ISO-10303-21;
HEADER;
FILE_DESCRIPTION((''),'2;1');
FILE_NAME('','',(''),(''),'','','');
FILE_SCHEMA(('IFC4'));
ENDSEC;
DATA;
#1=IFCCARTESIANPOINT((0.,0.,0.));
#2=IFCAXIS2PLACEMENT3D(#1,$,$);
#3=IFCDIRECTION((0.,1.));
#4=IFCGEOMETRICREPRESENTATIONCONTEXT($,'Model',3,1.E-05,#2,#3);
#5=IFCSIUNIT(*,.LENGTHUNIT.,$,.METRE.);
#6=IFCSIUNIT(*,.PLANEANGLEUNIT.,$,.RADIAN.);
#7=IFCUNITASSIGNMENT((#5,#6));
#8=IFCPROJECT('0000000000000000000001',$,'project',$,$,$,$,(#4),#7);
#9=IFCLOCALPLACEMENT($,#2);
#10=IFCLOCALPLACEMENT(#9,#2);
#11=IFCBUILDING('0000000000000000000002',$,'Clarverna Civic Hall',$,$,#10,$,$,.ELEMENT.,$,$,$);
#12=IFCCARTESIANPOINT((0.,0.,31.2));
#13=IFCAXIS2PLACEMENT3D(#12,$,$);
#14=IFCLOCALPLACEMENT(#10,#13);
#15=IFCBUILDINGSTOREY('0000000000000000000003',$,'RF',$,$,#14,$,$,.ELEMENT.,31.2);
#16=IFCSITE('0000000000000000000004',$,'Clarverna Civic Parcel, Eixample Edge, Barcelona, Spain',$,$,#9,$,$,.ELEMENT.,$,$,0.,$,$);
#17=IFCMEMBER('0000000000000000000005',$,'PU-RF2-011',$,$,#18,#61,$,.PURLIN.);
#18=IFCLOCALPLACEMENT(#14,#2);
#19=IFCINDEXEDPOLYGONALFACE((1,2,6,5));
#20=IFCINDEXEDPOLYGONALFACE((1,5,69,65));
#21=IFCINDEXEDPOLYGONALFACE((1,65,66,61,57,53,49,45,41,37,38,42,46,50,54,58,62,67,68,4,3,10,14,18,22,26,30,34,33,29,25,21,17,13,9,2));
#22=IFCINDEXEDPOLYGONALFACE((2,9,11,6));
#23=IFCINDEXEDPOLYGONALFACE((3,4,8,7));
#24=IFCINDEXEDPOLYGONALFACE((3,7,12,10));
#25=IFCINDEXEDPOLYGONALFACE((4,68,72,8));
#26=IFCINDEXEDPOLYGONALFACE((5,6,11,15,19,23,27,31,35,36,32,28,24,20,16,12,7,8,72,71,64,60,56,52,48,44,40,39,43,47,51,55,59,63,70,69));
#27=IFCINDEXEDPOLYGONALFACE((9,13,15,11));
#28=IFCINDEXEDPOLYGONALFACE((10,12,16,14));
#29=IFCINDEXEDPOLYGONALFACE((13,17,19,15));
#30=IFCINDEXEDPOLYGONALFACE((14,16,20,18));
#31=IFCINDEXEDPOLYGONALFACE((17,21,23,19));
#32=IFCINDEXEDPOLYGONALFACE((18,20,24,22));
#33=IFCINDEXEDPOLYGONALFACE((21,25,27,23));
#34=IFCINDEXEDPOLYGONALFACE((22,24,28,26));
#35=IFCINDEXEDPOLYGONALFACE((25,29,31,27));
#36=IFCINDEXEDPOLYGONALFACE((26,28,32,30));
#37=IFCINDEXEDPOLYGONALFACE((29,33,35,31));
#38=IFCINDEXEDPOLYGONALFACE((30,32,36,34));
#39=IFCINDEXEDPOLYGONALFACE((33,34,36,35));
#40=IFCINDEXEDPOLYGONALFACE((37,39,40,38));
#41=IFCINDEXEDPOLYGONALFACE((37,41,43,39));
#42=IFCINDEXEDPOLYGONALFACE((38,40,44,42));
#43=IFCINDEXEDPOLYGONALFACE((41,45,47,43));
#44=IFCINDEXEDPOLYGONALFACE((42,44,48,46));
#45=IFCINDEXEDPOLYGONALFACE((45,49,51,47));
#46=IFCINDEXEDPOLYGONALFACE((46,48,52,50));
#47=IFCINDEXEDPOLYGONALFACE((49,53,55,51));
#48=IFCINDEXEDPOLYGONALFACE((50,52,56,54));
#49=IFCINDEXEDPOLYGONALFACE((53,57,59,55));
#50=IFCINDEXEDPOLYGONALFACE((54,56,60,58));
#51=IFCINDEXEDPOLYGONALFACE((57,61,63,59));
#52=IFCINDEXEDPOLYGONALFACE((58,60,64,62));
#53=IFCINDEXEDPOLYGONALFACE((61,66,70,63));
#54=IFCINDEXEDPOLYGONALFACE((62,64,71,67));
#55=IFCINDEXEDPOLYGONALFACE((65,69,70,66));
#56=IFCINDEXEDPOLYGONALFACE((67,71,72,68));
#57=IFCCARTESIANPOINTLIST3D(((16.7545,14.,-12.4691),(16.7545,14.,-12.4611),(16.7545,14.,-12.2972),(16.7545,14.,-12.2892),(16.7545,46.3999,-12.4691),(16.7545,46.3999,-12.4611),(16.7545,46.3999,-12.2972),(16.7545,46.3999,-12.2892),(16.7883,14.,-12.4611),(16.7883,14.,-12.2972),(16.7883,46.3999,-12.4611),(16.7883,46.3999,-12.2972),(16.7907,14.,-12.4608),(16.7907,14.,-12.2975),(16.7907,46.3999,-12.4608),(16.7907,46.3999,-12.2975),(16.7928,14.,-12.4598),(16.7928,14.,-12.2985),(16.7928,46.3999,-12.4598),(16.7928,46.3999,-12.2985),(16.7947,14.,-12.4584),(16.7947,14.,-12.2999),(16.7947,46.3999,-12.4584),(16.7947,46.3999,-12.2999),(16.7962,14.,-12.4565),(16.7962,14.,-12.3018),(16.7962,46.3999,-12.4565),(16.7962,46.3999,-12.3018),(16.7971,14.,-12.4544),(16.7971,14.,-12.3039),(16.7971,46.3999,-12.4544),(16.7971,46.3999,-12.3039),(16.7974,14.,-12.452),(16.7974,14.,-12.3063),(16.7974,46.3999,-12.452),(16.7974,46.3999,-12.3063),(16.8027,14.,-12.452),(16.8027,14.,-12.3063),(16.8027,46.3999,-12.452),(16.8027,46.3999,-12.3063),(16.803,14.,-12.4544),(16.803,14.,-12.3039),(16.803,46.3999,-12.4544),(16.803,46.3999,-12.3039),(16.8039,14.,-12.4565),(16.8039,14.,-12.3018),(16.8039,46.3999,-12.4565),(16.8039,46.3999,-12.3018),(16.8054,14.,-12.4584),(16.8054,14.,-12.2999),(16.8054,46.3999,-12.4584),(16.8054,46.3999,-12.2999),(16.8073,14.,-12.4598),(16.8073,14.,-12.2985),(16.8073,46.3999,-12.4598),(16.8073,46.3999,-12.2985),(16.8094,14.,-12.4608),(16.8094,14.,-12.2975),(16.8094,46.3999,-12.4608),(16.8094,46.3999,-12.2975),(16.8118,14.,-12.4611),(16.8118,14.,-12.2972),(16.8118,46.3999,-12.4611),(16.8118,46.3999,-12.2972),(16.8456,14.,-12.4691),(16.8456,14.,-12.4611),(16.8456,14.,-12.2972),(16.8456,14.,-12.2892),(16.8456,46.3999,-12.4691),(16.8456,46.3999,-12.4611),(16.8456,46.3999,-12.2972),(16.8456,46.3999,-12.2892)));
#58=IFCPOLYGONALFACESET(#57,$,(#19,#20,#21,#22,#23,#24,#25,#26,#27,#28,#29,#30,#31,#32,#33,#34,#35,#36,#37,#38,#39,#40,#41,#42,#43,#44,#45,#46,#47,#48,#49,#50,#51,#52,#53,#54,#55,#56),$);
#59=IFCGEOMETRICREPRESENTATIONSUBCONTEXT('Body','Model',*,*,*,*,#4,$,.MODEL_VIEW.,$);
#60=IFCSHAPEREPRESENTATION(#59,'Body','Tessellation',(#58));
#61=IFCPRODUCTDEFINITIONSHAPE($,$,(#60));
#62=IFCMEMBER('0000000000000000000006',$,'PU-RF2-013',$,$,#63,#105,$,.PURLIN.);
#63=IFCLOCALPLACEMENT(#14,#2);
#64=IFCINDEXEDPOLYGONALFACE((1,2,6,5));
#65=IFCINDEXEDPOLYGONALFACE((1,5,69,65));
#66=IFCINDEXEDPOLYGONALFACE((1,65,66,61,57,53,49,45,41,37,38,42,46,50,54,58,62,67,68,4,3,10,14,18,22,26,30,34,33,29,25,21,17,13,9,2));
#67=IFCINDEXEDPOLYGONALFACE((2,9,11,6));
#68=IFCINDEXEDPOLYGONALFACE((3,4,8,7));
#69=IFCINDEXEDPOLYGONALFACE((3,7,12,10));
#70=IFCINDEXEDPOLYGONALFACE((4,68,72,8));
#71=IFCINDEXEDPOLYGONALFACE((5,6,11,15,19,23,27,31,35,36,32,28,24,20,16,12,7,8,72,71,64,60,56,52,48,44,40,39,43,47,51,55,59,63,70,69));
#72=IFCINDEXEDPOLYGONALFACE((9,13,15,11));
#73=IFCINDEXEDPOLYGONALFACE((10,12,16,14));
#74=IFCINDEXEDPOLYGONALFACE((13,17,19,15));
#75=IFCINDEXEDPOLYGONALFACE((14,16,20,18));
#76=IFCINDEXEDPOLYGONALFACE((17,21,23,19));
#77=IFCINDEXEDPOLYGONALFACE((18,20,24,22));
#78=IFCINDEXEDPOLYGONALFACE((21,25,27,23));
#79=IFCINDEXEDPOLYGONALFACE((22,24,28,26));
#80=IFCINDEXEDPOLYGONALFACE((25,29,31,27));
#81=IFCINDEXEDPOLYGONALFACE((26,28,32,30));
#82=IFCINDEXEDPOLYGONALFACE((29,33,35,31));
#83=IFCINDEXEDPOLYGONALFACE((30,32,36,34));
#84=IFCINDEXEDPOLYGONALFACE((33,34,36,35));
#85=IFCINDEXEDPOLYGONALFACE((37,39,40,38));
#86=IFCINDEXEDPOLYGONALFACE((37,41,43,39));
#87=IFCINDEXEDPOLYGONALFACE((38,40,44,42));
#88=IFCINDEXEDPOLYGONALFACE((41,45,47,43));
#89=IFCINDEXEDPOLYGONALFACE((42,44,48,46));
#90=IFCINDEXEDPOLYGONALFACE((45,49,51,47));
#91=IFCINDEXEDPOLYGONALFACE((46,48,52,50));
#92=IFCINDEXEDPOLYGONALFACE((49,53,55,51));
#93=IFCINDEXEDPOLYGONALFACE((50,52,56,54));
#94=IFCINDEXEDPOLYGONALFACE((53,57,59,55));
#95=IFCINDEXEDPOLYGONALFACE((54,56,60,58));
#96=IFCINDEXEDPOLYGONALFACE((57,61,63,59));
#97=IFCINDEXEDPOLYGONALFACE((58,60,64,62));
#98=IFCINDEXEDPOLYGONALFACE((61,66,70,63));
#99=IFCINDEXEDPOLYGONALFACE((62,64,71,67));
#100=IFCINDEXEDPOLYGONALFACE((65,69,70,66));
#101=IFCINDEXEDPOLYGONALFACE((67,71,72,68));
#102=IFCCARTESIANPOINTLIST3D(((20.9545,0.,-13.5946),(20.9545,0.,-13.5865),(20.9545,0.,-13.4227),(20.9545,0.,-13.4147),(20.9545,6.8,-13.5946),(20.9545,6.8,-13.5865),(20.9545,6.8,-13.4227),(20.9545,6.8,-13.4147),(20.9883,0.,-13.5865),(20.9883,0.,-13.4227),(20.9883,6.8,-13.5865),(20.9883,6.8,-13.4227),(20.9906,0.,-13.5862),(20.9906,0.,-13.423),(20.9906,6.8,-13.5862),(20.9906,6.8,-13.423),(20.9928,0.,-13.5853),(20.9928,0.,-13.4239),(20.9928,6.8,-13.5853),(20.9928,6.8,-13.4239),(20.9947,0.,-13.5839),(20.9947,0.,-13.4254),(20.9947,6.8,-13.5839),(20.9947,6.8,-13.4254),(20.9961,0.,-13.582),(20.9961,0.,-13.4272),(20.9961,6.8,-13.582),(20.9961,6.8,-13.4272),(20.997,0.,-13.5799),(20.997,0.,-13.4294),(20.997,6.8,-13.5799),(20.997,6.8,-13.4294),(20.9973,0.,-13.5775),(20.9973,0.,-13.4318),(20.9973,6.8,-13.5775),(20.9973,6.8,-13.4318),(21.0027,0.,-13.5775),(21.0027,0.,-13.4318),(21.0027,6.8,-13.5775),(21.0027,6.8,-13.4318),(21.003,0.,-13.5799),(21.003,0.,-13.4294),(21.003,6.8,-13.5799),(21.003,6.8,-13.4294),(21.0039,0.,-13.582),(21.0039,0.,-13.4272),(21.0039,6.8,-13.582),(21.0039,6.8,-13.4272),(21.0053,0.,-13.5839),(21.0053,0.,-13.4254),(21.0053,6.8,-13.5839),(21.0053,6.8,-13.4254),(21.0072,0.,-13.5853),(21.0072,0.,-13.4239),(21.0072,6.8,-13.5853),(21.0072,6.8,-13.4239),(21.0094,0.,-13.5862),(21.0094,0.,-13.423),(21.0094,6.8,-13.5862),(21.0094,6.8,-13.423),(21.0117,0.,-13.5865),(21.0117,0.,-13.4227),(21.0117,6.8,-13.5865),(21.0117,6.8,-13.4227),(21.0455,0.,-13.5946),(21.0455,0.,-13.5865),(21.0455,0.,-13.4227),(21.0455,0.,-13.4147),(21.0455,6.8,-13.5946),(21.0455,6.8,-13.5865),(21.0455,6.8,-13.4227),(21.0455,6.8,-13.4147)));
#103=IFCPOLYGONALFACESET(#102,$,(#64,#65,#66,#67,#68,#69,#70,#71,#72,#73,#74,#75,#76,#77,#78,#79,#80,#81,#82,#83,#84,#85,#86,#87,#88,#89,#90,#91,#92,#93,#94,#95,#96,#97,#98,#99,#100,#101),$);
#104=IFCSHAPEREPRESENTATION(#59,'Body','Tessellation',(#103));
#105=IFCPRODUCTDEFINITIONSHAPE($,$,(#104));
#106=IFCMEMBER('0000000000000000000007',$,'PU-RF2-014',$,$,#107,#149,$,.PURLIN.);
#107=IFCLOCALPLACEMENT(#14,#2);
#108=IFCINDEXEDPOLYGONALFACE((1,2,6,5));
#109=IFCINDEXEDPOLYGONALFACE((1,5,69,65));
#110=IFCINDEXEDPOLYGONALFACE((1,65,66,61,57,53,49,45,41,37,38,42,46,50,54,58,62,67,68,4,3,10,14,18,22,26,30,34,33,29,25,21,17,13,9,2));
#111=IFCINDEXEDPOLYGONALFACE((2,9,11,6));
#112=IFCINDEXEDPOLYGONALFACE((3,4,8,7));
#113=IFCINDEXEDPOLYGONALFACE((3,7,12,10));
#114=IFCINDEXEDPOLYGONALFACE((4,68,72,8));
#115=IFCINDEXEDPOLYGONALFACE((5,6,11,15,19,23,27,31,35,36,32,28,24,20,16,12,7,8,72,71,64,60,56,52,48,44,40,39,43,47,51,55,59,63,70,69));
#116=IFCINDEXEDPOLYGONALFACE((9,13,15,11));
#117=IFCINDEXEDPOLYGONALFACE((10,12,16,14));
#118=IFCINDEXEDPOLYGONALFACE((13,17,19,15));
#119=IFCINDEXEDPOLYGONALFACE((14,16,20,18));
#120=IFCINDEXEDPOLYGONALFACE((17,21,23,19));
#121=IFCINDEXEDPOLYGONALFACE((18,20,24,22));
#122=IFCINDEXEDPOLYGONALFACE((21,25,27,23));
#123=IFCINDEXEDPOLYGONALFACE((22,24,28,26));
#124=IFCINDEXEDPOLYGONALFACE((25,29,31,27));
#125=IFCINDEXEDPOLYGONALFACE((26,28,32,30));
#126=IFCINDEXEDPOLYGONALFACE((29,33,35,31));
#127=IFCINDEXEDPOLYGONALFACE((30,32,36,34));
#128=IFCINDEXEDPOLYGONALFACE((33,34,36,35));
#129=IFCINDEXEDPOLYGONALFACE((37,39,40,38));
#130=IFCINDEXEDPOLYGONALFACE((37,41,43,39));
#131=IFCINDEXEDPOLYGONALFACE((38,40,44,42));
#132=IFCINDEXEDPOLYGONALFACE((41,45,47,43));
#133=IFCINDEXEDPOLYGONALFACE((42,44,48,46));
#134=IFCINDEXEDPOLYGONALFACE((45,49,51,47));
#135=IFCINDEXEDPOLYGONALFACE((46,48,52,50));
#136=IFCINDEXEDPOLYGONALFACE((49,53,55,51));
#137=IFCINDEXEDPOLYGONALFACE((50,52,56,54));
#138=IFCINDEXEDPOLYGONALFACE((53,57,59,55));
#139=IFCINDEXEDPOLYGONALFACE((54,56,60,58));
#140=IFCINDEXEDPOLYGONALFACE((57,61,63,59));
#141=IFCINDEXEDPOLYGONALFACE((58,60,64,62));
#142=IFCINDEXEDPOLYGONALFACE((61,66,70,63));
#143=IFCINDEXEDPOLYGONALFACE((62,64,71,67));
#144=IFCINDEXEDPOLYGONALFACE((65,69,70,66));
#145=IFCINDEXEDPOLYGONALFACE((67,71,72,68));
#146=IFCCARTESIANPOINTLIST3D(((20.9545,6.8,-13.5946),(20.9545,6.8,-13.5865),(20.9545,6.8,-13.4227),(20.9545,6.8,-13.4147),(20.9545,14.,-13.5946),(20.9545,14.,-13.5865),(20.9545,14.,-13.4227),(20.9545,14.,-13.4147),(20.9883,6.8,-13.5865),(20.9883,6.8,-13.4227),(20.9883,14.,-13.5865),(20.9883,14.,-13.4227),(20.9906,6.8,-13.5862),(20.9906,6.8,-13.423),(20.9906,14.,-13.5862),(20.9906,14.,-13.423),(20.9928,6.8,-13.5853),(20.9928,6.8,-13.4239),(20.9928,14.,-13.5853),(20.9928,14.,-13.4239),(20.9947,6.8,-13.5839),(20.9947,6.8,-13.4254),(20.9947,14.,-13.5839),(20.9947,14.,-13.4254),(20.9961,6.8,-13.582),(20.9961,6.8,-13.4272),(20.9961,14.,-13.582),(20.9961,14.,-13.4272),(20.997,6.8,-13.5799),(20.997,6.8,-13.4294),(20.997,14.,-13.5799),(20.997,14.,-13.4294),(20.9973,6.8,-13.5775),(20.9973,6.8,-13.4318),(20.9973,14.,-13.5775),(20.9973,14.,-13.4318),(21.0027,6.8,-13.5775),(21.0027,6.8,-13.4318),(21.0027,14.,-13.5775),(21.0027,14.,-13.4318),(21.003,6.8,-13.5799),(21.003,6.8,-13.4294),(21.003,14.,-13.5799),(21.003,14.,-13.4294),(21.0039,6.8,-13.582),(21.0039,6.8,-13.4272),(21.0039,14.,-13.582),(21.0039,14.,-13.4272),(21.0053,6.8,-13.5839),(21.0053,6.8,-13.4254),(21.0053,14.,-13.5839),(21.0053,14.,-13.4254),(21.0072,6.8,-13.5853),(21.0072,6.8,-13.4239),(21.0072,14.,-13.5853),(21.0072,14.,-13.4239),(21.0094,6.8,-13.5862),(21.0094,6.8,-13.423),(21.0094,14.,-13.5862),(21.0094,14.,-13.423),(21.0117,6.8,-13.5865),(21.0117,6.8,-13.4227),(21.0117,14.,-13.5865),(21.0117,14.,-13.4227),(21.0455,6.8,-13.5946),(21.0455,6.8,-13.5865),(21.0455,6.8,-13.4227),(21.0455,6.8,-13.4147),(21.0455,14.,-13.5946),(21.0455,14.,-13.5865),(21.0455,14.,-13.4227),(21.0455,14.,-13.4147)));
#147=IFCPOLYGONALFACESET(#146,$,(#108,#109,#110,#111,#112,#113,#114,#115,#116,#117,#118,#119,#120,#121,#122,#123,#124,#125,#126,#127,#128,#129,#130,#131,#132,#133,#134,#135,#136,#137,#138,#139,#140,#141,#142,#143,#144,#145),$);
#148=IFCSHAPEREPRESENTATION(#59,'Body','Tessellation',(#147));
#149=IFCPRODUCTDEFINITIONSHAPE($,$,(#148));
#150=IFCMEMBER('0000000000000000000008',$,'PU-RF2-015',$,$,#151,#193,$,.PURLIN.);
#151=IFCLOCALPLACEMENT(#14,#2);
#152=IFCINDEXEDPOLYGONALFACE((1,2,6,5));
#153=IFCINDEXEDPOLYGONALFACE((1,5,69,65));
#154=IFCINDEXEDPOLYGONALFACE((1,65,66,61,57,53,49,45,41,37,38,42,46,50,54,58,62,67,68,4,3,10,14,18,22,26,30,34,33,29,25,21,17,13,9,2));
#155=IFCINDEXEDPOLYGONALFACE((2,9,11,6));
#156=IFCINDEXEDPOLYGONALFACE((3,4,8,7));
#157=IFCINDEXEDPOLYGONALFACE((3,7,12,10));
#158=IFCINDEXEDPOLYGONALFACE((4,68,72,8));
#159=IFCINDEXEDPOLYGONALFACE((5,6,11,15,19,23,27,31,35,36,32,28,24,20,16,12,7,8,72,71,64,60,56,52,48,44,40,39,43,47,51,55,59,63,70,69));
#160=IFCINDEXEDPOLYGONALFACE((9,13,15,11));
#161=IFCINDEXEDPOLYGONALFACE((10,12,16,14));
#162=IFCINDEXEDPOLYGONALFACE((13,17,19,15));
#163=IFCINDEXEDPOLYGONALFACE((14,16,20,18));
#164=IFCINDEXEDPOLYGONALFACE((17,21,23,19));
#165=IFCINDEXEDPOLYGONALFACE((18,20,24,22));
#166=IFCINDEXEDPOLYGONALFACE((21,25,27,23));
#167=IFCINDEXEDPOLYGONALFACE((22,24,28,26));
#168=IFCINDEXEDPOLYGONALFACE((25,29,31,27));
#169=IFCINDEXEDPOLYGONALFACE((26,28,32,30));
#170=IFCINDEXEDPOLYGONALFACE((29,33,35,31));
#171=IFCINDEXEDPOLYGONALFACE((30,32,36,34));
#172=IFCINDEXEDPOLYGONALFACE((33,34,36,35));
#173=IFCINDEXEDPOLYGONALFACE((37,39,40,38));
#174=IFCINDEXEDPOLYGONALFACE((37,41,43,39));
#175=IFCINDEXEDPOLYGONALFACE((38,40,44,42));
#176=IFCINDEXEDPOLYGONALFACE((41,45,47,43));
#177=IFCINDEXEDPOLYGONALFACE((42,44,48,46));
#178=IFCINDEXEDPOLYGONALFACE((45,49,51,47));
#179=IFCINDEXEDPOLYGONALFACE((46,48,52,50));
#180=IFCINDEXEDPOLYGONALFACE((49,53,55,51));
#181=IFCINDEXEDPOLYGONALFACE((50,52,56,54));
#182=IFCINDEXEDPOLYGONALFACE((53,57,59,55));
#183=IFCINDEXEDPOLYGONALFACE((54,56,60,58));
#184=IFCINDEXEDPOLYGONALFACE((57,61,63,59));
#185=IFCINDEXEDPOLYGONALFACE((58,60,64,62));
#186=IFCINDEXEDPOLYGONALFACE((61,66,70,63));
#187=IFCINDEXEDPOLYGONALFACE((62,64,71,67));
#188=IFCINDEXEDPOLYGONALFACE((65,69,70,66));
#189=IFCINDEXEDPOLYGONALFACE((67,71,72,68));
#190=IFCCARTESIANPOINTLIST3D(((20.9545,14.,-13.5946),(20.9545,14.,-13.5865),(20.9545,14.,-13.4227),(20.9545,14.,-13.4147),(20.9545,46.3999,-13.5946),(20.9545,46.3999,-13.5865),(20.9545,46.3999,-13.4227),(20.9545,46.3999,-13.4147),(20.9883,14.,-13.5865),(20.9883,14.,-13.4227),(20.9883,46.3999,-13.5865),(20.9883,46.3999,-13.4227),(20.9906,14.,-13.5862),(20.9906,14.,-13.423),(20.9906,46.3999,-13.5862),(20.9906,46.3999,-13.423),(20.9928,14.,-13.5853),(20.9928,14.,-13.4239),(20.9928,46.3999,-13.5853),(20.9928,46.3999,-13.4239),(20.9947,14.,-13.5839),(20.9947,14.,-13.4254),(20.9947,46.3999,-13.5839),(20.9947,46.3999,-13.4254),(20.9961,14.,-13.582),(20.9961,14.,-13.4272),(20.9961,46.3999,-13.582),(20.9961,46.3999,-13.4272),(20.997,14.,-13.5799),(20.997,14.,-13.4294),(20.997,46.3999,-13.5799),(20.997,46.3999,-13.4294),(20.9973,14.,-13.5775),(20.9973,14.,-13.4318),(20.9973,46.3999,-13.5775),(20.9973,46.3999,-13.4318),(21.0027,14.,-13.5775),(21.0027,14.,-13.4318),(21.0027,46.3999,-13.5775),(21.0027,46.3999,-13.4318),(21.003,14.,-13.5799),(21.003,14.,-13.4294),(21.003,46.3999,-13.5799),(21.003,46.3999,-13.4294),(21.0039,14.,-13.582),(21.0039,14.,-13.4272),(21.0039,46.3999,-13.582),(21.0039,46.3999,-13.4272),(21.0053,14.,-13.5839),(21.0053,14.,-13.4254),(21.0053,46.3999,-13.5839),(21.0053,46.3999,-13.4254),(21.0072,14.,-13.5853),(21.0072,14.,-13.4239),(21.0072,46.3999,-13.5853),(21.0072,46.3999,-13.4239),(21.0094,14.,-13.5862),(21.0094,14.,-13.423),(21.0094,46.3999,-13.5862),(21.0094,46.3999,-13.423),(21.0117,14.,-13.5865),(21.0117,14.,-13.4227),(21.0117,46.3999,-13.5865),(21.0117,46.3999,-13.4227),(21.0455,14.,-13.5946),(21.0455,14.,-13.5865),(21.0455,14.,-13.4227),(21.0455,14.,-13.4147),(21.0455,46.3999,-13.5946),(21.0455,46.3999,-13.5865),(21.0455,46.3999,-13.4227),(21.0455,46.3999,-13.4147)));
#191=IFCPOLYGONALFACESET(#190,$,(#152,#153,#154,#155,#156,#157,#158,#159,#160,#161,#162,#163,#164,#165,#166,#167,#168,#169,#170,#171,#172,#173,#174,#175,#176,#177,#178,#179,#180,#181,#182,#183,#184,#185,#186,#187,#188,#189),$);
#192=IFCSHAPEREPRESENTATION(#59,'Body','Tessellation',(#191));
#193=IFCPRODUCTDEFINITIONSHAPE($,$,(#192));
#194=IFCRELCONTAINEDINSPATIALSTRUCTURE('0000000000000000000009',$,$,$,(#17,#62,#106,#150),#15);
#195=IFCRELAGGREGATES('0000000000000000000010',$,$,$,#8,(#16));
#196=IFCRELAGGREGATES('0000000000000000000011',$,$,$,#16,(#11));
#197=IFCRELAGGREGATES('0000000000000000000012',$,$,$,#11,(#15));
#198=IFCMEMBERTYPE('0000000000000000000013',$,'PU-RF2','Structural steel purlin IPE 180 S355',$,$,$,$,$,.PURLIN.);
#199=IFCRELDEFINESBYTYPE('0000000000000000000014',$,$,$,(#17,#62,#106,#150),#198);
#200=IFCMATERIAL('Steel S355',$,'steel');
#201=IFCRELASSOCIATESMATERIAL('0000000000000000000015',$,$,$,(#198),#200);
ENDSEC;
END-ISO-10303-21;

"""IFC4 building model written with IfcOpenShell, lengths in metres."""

from ifc_helpers import new_model, si_unit, direction, frame, origin, origin_2d, place, context, subcontext, project, spatial, i_section, extrude, material, material_profile, profile_set, type_object, element, save


model = new_model("IFC4")

# Units and contexts
model_context = context("Model", 3, precision=1e-05, world=origin(), true_north=direction((0.0, 1.0)))
body_context = subcontext(model_context, "Body", "Model", "MODEL_VIEW")
ifc_project = project(units=[si_unit("LENGTHUNIT", "METRE"), si_unit("PLANEANGLEUNIT", "RADIAN")], contexts=[model_context])

# Site, building, storey
site_placement = place(None, origin())
site = spatial("IfcSite", under=ifc_project, at=site_placement, Name="Clarverna Civic Parcel, Eixample Edge, Barcelona, Spain", CompositionType="ELEMENT", RefElevation=0.0)
building_placement = place(site_placement, origin())
building = spatial("IfcBuilding", under=site, at=building_placement, Name="Clarverna Civic Hall", CompositionType="ELEMENT")
storey_placement = place(building_placement, frame((0.0, 0.0, 31.2)))
storey = spatial("IfcBuildingStorey", under=building, at=storey_placement, Name="RF", CompositionType="ELEMENT", Elevation=31.2)

# Members
ifc_material_1 = material(Name="Steel S355", Category="steel")
ifc_material_profile_1 = material_profile(ifc_material_1, i_section(OverallWidth=0.0911, OverallDepth=0.1799, WebThickness=0.0054, FlangeThickness=0.0081, FilletRadius=0.009, at=origin_2d()), Name="IPE 180")
ifc_profile_set_1 = profile_set([ifc_material_profile_1], Name="Steel S355")
member_type_1 = type_object("IfcMemberType", Name="PU-RF2", Description="Structural steel purlin IPE 180 S355", PredefinedType="PURLIN", material=ifc_profile_set_1)
member_1_placement = place(storey_placement, frame((16.8, 14.0, -12.3792), z_axis=(0.0, 1.0, 0.0), x_axis=(-1.0, 0.0, 0.0)))
element("IfcMember", 1, at=member_1_placement, inside=storey, type_object=member_type_1, Name="PU-RF2-011", PredefinedType="PURLIN", context=body_context, shape_type="SweptSolid", body=[
    extrude(i_section(OverallWidth=0.0911, OverallDepth=0.1799, WebThickness=0.0054, FlangeThickness=0.0081, FilletRadius=0.009, at=origin_2d()), origin(), (0.0, 0.0, 1.0), 32.3999),
])
member_2_placement = place(storey_placement, frame((21.0, 0.0, -13.5046), z_axis=(0.0, 1.0, 0.0), x_axis=(-1.0, 0.0, 0.0)))
element("IfcMember", 2, at=member_2_placement, inside=storey, type_object=member_type_1, Name="PU-RF2-013", PredefinedType="PURLIN", context=body_context, shape_type="SweptSolid", body=[
    extrude(i_section(OverallWidth=0.0911, OverallDepth=0.1799, WebThickness=0.0054, FlangeThickness=0.0081, FilletRadius=0.009, at=origin_2d()), origin(), (0.0, 0.0, 1.0), 6.8),
])
member_3_placement = place(storey_placement, frame((21.0, 6.8, -13.5046), z_axis=(0.0, 1.0, 0.0), x_axis=(-1.0, 0.0, 0.0)))
element("IfcMember", 3, at=member_3_placement, inside=storey, type_object=member_type_1, Name="PU-RF2-014", PredefinedType="PURLIN", context=body_context, shape_type="SweptSolid", body=[
    extrude(i_section(OverallWidth=0.0911, OverallDepth=0.1799, WebThickness=0.0054, FlangeThickness=0.0081, FilletRadius=0.009, at=origin_2d()), origin(), (0.0, 0.0, 1.0), 7.2),
])
member_4_placement = place(storey_placement, frame((21.0, 14.0, -13.5046), z_axis=(0.0, 1.0, 0.0), x_axis=(-1.0, 0.0, 0.0)))
element("IfcMember", 4, at=member_4_placement, inside=storey, type_object=member_type_1, Name="PU-RF2-015", PredefinedType="PURLIN", context=body_context, shape_type="SweptSolid", body=[
    extrude(i_section(OverallWidth=0.0911, OverallDepth=0.1799, WebThickness=0.0054, FlangeThickness=0.0081, FilletRadius=0.009, at=origin_2d()), origin(), (0.0, 0.0, 1.0), 32.3999),
])

save(model, "model.ifc")
